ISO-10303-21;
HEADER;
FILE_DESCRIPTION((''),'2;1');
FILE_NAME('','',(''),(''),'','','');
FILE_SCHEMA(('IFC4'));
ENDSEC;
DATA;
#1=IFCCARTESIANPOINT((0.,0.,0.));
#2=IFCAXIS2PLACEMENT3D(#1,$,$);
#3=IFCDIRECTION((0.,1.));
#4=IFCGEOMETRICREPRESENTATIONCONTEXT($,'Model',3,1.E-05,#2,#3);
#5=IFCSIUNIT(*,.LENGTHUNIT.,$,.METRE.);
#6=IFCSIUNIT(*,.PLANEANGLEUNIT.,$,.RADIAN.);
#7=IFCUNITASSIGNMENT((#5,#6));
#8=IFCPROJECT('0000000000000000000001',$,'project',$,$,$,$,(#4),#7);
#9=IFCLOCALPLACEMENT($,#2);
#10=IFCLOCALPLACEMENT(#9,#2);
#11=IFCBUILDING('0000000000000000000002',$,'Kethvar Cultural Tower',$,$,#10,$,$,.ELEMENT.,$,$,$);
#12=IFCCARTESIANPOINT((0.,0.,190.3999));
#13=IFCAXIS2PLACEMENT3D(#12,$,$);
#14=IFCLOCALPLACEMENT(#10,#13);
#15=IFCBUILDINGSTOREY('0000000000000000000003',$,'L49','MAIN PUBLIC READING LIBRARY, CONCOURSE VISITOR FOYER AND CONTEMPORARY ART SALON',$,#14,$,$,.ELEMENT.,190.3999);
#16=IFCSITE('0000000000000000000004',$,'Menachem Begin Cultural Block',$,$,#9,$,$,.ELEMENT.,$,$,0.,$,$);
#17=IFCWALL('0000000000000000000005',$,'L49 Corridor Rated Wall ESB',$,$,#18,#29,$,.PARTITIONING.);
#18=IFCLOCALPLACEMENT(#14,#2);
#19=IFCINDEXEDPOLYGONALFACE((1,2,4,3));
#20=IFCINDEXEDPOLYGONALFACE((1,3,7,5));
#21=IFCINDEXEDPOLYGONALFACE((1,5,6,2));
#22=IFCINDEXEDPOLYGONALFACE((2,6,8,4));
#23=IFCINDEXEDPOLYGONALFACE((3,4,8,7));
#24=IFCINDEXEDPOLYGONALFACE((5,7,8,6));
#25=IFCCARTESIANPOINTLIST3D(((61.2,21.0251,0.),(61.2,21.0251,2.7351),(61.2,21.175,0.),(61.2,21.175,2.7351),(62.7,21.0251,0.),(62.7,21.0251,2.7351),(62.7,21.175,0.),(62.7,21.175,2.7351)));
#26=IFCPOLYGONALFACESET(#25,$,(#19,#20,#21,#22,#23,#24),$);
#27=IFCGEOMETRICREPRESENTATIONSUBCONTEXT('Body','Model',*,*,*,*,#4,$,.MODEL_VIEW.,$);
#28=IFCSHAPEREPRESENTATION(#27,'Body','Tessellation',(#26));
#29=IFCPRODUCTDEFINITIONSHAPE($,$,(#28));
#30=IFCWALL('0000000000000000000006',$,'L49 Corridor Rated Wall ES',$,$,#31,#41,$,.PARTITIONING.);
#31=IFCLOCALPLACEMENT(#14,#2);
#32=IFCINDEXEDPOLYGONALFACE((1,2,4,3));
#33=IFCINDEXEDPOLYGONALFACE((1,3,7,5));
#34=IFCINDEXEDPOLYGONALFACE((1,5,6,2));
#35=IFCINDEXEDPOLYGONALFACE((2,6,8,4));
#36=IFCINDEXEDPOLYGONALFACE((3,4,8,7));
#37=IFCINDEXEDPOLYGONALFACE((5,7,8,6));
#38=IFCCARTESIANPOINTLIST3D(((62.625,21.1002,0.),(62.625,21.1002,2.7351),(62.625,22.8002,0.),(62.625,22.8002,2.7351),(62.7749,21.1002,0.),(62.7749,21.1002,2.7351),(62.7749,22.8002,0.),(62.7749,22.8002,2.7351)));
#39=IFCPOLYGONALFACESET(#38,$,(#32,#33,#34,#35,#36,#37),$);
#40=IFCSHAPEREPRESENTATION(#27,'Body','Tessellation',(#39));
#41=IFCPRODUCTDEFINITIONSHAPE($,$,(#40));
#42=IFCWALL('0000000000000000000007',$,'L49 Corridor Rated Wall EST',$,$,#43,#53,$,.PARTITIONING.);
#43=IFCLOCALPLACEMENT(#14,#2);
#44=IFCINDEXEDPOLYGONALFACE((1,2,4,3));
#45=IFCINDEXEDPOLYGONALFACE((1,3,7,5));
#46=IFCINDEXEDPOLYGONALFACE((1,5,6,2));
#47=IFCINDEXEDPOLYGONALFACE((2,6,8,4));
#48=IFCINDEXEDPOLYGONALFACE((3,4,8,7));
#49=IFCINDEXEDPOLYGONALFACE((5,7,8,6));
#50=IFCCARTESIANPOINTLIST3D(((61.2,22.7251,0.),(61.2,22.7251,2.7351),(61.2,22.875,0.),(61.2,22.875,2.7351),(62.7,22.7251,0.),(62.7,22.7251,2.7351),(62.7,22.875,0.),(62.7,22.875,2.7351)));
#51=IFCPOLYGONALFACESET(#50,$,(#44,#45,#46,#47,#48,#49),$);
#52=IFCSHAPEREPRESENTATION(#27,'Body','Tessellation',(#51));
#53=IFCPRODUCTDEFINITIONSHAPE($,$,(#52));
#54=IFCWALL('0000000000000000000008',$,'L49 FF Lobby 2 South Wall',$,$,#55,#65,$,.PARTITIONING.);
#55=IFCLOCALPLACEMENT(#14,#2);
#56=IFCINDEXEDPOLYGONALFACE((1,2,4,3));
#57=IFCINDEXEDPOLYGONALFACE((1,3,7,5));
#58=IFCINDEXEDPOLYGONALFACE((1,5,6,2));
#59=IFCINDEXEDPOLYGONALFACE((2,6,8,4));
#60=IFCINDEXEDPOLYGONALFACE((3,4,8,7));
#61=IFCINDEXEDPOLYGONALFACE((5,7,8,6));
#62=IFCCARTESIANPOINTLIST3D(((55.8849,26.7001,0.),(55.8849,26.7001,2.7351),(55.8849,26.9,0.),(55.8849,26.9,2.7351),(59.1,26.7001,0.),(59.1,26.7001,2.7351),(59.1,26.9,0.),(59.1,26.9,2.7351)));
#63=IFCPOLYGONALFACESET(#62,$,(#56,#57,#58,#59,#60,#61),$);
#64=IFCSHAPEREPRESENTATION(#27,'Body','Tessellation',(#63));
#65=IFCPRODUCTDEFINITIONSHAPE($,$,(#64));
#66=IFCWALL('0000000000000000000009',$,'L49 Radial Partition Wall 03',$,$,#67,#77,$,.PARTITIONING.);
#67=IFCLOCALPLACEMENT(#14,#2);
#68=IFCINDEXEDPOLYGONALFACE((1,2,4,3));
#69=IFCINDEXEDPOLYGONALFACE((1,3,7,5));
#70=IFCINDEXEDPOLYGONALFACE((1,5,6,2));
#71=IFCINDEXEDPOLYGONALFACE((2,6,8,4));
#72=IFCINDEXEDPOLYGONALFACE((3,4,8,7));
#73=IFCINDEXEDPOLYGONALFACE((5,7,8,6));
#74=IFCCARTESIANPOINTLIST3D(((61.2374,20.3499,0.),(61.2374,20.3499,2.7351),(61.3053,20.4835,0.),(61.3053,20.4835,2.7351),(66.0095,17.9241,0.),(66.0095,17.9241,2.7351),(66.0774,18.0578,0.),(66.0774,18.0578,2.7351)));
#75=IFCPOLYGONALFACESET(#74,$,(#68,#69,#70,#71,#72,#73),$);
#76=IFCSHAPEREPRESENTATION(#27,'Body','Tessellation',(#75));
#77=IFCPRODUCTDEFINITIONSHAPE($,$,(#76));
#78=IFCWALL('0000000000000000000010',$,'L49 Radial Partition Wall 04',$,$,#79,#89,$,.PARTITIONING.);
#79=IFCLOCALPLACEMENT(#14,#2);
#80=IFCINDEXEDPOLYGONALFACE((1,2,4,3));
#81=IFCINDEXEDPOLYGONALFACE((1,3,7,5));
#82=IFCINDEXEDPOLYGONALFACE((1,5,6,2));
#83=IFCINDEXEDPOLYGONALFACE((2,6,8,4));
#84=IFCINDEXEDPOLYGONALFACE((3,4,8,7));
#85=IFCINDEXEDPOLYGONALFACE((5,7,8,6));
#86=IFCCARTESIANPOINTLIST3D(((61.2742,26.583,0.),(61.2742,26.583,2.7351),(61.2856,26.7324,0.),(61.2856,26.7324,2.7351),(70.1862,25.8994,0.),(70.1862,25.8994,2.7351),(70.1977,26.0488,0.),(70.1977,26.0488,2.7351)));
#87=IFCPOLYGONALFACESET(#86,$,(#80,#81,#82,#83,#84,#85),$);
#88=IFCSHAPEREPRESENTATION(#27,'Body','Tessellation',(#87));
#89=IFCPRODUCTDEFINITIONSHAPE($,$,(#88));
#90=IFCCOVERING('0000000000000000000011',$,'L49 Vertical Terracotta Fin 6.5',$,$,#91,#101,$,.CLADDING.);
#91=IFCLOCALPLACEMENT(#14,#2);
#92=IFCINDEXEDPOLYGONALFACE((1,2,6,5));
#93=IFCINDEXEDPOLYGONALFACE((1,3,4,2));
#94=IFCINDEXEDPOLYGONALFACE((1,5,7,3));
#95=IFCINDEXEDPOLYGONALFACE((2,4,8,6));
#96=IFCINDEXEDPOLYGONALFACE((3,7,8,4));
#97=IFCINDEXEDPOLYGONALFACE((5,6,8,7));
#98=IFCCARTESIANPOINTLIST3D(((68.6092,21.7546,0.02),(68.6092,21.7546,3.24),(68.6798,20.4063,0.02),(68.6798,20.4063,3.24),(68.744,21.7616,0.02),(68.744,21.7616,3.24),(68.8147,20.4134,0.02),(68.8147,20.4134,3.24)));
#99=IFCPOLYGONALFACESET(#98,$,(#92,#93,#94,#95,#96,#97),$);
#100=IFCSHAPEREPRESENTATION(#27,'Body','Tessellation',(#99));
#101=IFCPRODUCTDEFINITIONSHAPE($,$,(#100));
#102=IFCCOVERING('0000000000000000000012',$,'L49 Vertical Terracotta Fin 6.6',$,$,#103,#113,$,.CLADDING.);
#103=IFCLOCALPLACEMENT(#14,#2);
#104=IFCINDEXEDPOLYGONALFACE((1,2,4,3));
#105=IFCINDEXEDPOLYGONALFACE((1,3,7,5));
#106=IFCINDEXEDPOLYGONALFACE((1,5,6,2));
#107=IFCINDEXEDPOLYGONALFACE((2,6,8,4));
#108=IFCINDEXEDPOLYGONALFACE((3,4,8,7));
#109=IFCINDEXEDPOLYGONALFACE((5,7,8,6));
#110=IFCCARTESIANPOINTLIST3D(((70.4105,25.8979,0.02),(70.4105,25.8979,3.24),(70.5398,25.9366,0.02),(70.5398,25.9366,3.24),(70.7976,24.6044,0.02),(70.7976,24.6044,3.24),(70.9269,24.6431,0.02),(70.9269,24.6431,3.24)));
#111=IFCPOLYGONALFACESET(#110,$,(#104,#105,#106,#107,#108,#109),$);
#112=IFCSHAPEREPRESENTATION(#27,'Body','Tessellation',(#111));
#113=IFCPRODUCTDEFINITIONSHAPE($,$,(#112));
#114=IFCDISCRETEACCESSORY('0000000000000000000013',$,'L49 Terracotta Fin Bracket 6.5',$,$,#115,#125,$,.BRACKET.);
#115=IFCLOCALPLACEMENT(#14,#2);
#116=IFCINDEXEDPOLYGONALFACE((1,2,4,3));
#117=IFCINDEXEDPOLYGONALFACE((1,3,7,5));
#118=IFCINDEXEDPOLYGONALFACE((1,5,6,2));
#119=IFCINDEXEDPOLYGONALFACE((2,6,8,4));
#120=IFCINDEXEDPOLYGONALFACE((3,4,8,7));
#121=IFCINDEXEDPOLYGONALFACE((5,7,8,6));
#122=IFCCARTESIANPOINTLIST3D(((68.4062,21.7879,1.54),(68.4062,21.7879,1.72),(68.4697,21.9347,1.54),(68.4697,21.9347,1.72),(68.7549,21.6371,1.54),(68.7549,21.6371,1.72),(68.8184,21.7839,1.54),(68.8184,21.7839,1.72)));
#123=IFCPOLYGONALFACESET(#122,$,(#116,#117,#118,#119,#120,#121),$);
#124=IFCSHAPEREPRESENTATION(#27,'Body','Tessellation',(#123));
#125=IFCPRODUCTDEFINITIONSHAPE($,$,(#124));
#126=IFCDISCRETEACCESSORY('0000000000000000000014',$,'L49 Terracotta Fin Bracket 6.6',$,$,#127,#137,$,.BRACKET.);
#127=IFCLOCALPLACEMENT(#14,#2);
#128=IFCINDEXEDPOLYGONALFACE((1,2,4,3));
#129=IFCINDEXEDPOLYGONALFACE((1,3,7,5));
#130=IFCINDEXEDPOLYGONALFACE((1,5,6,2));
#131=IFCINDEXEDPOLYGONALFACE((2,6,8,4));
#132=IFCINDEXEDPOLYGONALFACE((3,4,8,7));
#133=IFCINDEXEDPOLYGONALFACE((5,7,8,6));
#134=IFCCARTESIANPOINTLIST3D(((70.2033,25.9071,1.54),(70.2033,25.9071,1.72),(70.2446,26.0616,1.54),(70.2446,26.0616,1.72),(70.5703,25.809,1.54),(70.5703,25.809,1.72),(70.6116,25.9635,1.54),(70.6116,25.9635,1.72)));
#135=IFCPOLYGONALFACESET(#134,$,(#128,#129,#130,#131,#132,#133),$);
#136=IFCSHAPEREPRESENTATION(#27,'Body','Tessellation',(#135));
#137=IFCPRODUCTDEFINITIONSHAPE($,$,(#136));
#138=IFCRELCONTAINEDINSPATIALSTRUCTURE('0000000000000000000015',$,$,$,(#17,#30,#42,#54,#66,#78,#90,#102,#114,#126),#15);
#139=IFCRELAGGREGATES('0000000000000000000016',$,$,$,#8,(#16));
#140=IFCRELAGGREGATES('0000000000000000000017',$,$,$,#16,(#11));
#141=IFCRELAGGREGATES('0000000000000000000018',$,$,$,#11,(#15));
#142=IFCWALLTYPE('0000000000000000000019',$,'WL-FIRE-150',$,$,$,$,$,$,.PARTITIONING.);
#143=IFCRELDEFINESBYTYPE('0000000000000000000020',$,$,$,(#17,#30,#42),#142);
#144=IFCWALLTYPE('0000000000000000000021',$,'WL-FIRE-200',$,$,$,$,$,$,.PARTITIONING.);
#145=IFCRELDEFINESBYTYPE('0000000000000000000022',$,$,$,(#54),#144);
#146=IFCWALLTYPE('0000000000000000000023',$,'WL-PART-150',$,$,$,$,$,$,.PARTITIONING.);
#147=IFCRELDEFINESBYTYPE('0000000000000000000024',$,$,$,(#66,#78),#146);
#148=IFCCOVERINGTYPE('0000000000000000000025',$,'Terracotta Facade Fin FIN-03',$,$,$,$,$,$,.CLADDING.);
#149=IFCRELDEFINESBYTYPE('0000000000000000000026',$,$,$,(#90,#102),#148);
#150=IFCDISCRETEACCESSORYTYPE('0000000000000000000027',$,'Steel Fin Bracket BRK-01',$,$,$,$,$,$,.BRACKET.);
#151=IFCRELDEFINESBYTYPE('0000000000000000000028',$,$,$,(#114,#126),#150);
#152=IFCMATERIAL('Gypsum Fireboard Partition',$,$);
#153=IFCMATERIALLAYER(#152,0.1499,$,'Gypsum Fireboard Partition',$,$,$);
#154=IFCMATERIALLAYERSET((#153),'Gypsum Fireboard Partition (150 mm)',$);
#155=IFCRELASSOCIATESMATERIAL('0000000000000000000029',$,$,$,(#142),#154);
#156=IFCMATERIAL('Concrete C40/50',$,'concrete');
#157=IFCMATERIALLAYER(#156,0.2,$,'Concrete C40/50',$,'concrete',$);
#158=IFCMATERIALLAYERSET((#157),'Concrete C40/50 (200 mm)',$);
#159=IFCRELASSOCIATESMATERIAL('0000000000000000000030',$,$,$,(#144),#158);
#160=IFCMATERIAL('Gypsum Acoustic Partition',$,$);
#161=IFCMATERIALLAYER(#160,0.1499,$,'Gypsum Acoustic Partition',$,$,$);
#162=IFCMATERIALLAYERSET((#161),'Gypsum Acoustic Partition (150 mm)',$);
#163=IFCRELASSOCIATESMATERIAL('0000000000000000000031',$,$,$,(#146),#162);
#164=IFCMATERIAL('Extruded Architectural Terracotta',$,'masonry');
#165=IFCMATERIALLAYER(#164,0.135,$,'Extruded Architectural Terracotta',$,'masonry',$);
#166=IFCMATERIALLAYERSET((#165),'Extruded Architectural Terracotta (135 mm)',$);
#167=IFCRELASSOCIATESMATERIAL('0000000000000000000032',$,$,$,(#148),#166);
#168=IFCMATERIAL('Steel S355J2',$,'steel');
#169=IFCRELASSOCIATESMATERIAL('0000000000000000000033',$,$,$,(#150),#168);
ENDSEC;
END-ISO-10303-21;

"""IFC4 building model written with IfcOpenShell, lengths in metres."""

from ifc_helpers import new_model, si_unit, direction, frame, frame_2d, origin, origin_2d, place, context, subcontext, project, spatial, rectangle, extrude, source, transform, mapped, material, layer, layer_set, type_object, element, save


model = new_model("IFC4")

# Units and contexts
model_context = context("Model", 3, precision=1e-05, world=origin(), true_north=direction((0.0, 1.0)))
body_context = subcontext(model_context, "Body", "Model", "MODEL_VIEW")
ifc_project = project(units=[si_unit("LENGTHUNIT", "METRE"), si_unit("PLANEANGLEUNIT", "RADIAN")], contexts=[model_context])

# Site, building, storey
site_placement = place(None, origin())
site = spatial("IfcSite", under=ifc_project, at=site_placement, Name="Menachem Begin Cultural Block", CompositionType="ELEMENT", RefElevation=0.0)
building_placement = place(site_placement, origin())
building = spatial("IfcBuilding", under=site, at=building_placement, Name="Kethvar Cultural Tower", CompositionType="ELEMENT")
storey_placement = place(building_placement, frame((0.0, 0.0, 190.3999)))
storey = spatial("IfcBuildingStorey", under=building, at=storey_placement, Name="L49", Description="MAIN PUBLIC READING LIBRARY, CONCOURSE VISITOR FOYER AND CONTEMPORARY ART SALON", CompositionType="ELEMENT", Elevation=190.3999)

# Shared definitions
ifc_material_1 = material(Name="Steel S355J2", Category="steel")

# Walls
ifc_material_2 = material(Name="Gypsum Fireboard Partition")
ifc_layer_1 = layer(ifc_material_2, 0.1499, Name="Gypsum Fireboard Partition")
ifc_layer_set_1 = layer_set([ifc_layer_1], Name="Gypsum Fireboard Partition (150 mm)")
wall_type_1 = type_object("IfcWallType", Name="WL-FIRE-150", PredefinedType="PARTITIONING", material=ifc_layer_set_1)
wall_1_placement = place(storey_placement, frame((61.2, 21.1001, 0.0), z_axis=(0.0, 0.0, 1.0), x_axis=(1.0, 0.0, 0.0)))
element("IfcWall", 1, at=wall_1_placement, inside=storey, type_object=wall_type_1, Name="L49 Corridor Rated Wall ESB", PredefinedType="PARTITIONING", context=body_context, shape_type="SweptSolid", body=[
    extrude(rectangle(XDim=1.5, YDim=0.1499, at=frame_2d((0.75, 0.0))), origin(), (0.0, 0.0, 1.0), 2.7351),
])
wall_2_placement = place(storey_placement, frame((62.7, 21.1001, 0.0), z_axis=(0.0, 0.0, 1.0), x_axis=(0.0, 1.0, 0.0)))
element("IfcWall", 2, at=wall_2_placement, inside=storey, type_object=wall_type_1, Name="L49 Corridor Rated Wall ES", PredefinedType="PARTITIONING", context=body_context, shape_type="SweptSolid", body=[
    extrude(rectangle(XDim=1.7, YDim=0.1499, at=frame_2d((0.8501, 0.0))), origin(), (0.0, 0.0, 1.0), 2.7351),
])
wall_3_placement = place(storey_placement, frame((62.7, 22.8, 0.0), z_axis=(0.0, 0.0, 1.0), x_axis=(-1.0, 0.0, 0.0)))
element("IfcWall", 3, at=wall_3_placement, inside=storey, type_object=wall_type_1, Name="L49 Corridor Rated Wall EST", PredefinedType="PARTITIONING", context=body_context, shape_type="SweptSolid", body=[
    extrude(rectangle(XDim=1.5, YDim=0.1499, at=frame_2d((0.75, 0.0))), origin(), (0.0, 0.0, 1.0), 2.7351),
])

# Shared definitions
ifc_material_3 = material(Name="Concrete C40/50", Category="concrete")
ifc_layer_2 = layer(ifc_material_3, 0.2, Name="Concrete C40/50", Category="concrete")
ifc_layer_set_2 = layer_set([ifc_layer_2], Name="Concrete C40/50 (200 mm)")
wall_type_2 = type_object("IfcWallType", Name="WL-FIRE-200", PredefinedType="PARTITIONING", material=ifc_layer_set_2)

# Walls
wall_4_placement = place(storey_placement, frame((55.885, 26.8, 0.0), z_axis=(0.0, 0.0, 1.0), x_axis=(1.0, 0.0, 0.0)))
element("IfcWall", 4, at=wall_4_placement, inside=storey, type_object=wall_type_2, Name="L49 FF Lobby 2 South Wall", PredefinedType="PARTITIONING", context=body_context, shape_type="SweptSolid", body=[
    extrude(rectangle(XDim=3.2151, YDim=0.2, at=frame_2d((1.6074, 0.0))), origin(), (0.0, 0.0, 1.0), 2.7351),
])
ifc_material_4 = material(Name="Gypsum Acoustic Partition")
ifc_layer_3 = layer(ifc_material_4, 0.1499, Name="Gypsum Acoustic Partition")
ifc_layer_set_3 = layer_set([ifc_layer_3], Name="Gypsum Acoustic Partition (150 mm)")
wall_type_3 = type_object("IfcWallType", Name="WL-PART-150", PredefinedType="PARTITIONING", material=ifc_layer_set_3)
wall_5_placement = place(storey_placement, frame((61.2712, 20.4167, 0.0), z_axis=(0.0, 0.0, 1.0), x_axis=(0.891443, -0.453132, 0.0)))
element("IfcWall", 5, at=wall_5_placement, inside=storey, type_object=wall_type_3, Name="L49 Radial Partition Wall 03", PredefinedType="PARTITIONING", context=body_context, shape_type="SweptSolid", body=[
    extrude(rectangle(XDim=5.3533, YDim=0.1499, at=frame_2d((2.6768, 0.0))), origin(), (0.0, 0.0, 1.0), 2.7351),
])
wall_6_placement = place(storey_placement, frame((61.2798, 26.6577, 0.0), z_axis=(0.0, 0.0, 1.0), x_axis=(0.997071, -0.076479, 0.0)))
element("IfcWall", 6, at=wall_6_placement, inside=storey, type_object=wall_type_3, Name="L49 Radial Partition Wall 04", PredefinedType="PARTITIONING", context=body_context, shape_type="SweptSolid", body=[
    extrude(rectangle(XDim=8.9382, YDim=0.1499, at=frame_2d((4.4692, 0.0))), origin(), (0.0, 0.0, 1.0), 2.7351),
])

# Coverings
ifc_material_5 = material(Name="Extruded Architectural Terracotta", Category="masonry")
ifc_layer_4 = layer(ifc_material_5, 0.135, Name="Extruded Architectural Terracotta", Category="masonry")
ifc_layer_set_4 = layer_set([ifc_layer_4], Name="Extruded Architectural Terracotta (135 mm)")
covering_type = type_object("IfcCoveringType", Name="Terracotta Facade Fin FIN-03", PredefinedType="CLADDING", material=ifc_layer_set_4)
shared_shape_1 = source(origin(), body_context, "Body", "SweptSolid", [
    extrude(rectangle(XDim=1.3501, YDim=0.135, at=origin_2d()), origin(), (0.0, 0.0, 1.0), 3.22),
])
for number, where, z_axis, x_axis, name in (
    (7, (68.7119, 21.084, 0.02), (0.0, 0.0, 1.0), (0.052336, -0.99863, 0.0), "L49 Vertical Terracotta Fin 6.5"),
    (8, (70.6687, 25.2705, 0.02), (0.0, 0.0, 1.0), (0.286692, -0.958023, 0.0), "L49 Vertical Terracotta Fin 6.6"),
):
    element("IfcCovering", number, at=place(storey_placement, frame(where, z_axis=z_axis, x_axis=x_axis)), inside=storey, type_object=covering_type, Name=name, PredefinedType="CLADDING", context=body_context, shape_type="MappedRepresentation", body=[
        mapped(shared_shape_1, transform((0.0, 0.0, 0.0), scale=1.0)),
    ])

# Discrete accessories
discrete_accessory_type = type_object("IfcDiscreteAccessoryType", Name="Steel Fin Bracket BRK-01", PredefinedType="BRACKET", material=ifc_material_1)
shared_shape_2 = source(origin(), body_context, "Body", "SweptSolid", [
    extrude(rectangle(XDim=0.3799, YDim=0.1599, at=origin_2d()), origin(), (0.0, 0.0, 1.0), 0.1799),
])
for number, where, z_axis, x_axis, name in (
    (9, (68.6123, 21.7859, 1.54), (0.0, 0.0, 1.0), (0.917824, -0.396988, 0.0), "L49 Terracotta Fin Bracket 6.5"),
    (10, (70.4075, 25.9353, 1.54), (0.0, 0.0, 1.0), (0.966061, -0.258313, 0.0), "L49 Terracotta Fin Bracket 6.6"),
):
    element("IfcDiscreteAccessory", number, at=place(storey_placement, frame(where, z_axis=z_axis, x_axis=x_axis)), inside=storey, type_object=discrete_accessory_type, Name=name, PredefinedType="BRACKET", context=body_context, shape_type="MappedRepresentation", body=[
        mapped(shared_shape_2, transform((0.0, 0.0, 0.0), scale=1.0)),
    ])

save(model, "model.ifc")
